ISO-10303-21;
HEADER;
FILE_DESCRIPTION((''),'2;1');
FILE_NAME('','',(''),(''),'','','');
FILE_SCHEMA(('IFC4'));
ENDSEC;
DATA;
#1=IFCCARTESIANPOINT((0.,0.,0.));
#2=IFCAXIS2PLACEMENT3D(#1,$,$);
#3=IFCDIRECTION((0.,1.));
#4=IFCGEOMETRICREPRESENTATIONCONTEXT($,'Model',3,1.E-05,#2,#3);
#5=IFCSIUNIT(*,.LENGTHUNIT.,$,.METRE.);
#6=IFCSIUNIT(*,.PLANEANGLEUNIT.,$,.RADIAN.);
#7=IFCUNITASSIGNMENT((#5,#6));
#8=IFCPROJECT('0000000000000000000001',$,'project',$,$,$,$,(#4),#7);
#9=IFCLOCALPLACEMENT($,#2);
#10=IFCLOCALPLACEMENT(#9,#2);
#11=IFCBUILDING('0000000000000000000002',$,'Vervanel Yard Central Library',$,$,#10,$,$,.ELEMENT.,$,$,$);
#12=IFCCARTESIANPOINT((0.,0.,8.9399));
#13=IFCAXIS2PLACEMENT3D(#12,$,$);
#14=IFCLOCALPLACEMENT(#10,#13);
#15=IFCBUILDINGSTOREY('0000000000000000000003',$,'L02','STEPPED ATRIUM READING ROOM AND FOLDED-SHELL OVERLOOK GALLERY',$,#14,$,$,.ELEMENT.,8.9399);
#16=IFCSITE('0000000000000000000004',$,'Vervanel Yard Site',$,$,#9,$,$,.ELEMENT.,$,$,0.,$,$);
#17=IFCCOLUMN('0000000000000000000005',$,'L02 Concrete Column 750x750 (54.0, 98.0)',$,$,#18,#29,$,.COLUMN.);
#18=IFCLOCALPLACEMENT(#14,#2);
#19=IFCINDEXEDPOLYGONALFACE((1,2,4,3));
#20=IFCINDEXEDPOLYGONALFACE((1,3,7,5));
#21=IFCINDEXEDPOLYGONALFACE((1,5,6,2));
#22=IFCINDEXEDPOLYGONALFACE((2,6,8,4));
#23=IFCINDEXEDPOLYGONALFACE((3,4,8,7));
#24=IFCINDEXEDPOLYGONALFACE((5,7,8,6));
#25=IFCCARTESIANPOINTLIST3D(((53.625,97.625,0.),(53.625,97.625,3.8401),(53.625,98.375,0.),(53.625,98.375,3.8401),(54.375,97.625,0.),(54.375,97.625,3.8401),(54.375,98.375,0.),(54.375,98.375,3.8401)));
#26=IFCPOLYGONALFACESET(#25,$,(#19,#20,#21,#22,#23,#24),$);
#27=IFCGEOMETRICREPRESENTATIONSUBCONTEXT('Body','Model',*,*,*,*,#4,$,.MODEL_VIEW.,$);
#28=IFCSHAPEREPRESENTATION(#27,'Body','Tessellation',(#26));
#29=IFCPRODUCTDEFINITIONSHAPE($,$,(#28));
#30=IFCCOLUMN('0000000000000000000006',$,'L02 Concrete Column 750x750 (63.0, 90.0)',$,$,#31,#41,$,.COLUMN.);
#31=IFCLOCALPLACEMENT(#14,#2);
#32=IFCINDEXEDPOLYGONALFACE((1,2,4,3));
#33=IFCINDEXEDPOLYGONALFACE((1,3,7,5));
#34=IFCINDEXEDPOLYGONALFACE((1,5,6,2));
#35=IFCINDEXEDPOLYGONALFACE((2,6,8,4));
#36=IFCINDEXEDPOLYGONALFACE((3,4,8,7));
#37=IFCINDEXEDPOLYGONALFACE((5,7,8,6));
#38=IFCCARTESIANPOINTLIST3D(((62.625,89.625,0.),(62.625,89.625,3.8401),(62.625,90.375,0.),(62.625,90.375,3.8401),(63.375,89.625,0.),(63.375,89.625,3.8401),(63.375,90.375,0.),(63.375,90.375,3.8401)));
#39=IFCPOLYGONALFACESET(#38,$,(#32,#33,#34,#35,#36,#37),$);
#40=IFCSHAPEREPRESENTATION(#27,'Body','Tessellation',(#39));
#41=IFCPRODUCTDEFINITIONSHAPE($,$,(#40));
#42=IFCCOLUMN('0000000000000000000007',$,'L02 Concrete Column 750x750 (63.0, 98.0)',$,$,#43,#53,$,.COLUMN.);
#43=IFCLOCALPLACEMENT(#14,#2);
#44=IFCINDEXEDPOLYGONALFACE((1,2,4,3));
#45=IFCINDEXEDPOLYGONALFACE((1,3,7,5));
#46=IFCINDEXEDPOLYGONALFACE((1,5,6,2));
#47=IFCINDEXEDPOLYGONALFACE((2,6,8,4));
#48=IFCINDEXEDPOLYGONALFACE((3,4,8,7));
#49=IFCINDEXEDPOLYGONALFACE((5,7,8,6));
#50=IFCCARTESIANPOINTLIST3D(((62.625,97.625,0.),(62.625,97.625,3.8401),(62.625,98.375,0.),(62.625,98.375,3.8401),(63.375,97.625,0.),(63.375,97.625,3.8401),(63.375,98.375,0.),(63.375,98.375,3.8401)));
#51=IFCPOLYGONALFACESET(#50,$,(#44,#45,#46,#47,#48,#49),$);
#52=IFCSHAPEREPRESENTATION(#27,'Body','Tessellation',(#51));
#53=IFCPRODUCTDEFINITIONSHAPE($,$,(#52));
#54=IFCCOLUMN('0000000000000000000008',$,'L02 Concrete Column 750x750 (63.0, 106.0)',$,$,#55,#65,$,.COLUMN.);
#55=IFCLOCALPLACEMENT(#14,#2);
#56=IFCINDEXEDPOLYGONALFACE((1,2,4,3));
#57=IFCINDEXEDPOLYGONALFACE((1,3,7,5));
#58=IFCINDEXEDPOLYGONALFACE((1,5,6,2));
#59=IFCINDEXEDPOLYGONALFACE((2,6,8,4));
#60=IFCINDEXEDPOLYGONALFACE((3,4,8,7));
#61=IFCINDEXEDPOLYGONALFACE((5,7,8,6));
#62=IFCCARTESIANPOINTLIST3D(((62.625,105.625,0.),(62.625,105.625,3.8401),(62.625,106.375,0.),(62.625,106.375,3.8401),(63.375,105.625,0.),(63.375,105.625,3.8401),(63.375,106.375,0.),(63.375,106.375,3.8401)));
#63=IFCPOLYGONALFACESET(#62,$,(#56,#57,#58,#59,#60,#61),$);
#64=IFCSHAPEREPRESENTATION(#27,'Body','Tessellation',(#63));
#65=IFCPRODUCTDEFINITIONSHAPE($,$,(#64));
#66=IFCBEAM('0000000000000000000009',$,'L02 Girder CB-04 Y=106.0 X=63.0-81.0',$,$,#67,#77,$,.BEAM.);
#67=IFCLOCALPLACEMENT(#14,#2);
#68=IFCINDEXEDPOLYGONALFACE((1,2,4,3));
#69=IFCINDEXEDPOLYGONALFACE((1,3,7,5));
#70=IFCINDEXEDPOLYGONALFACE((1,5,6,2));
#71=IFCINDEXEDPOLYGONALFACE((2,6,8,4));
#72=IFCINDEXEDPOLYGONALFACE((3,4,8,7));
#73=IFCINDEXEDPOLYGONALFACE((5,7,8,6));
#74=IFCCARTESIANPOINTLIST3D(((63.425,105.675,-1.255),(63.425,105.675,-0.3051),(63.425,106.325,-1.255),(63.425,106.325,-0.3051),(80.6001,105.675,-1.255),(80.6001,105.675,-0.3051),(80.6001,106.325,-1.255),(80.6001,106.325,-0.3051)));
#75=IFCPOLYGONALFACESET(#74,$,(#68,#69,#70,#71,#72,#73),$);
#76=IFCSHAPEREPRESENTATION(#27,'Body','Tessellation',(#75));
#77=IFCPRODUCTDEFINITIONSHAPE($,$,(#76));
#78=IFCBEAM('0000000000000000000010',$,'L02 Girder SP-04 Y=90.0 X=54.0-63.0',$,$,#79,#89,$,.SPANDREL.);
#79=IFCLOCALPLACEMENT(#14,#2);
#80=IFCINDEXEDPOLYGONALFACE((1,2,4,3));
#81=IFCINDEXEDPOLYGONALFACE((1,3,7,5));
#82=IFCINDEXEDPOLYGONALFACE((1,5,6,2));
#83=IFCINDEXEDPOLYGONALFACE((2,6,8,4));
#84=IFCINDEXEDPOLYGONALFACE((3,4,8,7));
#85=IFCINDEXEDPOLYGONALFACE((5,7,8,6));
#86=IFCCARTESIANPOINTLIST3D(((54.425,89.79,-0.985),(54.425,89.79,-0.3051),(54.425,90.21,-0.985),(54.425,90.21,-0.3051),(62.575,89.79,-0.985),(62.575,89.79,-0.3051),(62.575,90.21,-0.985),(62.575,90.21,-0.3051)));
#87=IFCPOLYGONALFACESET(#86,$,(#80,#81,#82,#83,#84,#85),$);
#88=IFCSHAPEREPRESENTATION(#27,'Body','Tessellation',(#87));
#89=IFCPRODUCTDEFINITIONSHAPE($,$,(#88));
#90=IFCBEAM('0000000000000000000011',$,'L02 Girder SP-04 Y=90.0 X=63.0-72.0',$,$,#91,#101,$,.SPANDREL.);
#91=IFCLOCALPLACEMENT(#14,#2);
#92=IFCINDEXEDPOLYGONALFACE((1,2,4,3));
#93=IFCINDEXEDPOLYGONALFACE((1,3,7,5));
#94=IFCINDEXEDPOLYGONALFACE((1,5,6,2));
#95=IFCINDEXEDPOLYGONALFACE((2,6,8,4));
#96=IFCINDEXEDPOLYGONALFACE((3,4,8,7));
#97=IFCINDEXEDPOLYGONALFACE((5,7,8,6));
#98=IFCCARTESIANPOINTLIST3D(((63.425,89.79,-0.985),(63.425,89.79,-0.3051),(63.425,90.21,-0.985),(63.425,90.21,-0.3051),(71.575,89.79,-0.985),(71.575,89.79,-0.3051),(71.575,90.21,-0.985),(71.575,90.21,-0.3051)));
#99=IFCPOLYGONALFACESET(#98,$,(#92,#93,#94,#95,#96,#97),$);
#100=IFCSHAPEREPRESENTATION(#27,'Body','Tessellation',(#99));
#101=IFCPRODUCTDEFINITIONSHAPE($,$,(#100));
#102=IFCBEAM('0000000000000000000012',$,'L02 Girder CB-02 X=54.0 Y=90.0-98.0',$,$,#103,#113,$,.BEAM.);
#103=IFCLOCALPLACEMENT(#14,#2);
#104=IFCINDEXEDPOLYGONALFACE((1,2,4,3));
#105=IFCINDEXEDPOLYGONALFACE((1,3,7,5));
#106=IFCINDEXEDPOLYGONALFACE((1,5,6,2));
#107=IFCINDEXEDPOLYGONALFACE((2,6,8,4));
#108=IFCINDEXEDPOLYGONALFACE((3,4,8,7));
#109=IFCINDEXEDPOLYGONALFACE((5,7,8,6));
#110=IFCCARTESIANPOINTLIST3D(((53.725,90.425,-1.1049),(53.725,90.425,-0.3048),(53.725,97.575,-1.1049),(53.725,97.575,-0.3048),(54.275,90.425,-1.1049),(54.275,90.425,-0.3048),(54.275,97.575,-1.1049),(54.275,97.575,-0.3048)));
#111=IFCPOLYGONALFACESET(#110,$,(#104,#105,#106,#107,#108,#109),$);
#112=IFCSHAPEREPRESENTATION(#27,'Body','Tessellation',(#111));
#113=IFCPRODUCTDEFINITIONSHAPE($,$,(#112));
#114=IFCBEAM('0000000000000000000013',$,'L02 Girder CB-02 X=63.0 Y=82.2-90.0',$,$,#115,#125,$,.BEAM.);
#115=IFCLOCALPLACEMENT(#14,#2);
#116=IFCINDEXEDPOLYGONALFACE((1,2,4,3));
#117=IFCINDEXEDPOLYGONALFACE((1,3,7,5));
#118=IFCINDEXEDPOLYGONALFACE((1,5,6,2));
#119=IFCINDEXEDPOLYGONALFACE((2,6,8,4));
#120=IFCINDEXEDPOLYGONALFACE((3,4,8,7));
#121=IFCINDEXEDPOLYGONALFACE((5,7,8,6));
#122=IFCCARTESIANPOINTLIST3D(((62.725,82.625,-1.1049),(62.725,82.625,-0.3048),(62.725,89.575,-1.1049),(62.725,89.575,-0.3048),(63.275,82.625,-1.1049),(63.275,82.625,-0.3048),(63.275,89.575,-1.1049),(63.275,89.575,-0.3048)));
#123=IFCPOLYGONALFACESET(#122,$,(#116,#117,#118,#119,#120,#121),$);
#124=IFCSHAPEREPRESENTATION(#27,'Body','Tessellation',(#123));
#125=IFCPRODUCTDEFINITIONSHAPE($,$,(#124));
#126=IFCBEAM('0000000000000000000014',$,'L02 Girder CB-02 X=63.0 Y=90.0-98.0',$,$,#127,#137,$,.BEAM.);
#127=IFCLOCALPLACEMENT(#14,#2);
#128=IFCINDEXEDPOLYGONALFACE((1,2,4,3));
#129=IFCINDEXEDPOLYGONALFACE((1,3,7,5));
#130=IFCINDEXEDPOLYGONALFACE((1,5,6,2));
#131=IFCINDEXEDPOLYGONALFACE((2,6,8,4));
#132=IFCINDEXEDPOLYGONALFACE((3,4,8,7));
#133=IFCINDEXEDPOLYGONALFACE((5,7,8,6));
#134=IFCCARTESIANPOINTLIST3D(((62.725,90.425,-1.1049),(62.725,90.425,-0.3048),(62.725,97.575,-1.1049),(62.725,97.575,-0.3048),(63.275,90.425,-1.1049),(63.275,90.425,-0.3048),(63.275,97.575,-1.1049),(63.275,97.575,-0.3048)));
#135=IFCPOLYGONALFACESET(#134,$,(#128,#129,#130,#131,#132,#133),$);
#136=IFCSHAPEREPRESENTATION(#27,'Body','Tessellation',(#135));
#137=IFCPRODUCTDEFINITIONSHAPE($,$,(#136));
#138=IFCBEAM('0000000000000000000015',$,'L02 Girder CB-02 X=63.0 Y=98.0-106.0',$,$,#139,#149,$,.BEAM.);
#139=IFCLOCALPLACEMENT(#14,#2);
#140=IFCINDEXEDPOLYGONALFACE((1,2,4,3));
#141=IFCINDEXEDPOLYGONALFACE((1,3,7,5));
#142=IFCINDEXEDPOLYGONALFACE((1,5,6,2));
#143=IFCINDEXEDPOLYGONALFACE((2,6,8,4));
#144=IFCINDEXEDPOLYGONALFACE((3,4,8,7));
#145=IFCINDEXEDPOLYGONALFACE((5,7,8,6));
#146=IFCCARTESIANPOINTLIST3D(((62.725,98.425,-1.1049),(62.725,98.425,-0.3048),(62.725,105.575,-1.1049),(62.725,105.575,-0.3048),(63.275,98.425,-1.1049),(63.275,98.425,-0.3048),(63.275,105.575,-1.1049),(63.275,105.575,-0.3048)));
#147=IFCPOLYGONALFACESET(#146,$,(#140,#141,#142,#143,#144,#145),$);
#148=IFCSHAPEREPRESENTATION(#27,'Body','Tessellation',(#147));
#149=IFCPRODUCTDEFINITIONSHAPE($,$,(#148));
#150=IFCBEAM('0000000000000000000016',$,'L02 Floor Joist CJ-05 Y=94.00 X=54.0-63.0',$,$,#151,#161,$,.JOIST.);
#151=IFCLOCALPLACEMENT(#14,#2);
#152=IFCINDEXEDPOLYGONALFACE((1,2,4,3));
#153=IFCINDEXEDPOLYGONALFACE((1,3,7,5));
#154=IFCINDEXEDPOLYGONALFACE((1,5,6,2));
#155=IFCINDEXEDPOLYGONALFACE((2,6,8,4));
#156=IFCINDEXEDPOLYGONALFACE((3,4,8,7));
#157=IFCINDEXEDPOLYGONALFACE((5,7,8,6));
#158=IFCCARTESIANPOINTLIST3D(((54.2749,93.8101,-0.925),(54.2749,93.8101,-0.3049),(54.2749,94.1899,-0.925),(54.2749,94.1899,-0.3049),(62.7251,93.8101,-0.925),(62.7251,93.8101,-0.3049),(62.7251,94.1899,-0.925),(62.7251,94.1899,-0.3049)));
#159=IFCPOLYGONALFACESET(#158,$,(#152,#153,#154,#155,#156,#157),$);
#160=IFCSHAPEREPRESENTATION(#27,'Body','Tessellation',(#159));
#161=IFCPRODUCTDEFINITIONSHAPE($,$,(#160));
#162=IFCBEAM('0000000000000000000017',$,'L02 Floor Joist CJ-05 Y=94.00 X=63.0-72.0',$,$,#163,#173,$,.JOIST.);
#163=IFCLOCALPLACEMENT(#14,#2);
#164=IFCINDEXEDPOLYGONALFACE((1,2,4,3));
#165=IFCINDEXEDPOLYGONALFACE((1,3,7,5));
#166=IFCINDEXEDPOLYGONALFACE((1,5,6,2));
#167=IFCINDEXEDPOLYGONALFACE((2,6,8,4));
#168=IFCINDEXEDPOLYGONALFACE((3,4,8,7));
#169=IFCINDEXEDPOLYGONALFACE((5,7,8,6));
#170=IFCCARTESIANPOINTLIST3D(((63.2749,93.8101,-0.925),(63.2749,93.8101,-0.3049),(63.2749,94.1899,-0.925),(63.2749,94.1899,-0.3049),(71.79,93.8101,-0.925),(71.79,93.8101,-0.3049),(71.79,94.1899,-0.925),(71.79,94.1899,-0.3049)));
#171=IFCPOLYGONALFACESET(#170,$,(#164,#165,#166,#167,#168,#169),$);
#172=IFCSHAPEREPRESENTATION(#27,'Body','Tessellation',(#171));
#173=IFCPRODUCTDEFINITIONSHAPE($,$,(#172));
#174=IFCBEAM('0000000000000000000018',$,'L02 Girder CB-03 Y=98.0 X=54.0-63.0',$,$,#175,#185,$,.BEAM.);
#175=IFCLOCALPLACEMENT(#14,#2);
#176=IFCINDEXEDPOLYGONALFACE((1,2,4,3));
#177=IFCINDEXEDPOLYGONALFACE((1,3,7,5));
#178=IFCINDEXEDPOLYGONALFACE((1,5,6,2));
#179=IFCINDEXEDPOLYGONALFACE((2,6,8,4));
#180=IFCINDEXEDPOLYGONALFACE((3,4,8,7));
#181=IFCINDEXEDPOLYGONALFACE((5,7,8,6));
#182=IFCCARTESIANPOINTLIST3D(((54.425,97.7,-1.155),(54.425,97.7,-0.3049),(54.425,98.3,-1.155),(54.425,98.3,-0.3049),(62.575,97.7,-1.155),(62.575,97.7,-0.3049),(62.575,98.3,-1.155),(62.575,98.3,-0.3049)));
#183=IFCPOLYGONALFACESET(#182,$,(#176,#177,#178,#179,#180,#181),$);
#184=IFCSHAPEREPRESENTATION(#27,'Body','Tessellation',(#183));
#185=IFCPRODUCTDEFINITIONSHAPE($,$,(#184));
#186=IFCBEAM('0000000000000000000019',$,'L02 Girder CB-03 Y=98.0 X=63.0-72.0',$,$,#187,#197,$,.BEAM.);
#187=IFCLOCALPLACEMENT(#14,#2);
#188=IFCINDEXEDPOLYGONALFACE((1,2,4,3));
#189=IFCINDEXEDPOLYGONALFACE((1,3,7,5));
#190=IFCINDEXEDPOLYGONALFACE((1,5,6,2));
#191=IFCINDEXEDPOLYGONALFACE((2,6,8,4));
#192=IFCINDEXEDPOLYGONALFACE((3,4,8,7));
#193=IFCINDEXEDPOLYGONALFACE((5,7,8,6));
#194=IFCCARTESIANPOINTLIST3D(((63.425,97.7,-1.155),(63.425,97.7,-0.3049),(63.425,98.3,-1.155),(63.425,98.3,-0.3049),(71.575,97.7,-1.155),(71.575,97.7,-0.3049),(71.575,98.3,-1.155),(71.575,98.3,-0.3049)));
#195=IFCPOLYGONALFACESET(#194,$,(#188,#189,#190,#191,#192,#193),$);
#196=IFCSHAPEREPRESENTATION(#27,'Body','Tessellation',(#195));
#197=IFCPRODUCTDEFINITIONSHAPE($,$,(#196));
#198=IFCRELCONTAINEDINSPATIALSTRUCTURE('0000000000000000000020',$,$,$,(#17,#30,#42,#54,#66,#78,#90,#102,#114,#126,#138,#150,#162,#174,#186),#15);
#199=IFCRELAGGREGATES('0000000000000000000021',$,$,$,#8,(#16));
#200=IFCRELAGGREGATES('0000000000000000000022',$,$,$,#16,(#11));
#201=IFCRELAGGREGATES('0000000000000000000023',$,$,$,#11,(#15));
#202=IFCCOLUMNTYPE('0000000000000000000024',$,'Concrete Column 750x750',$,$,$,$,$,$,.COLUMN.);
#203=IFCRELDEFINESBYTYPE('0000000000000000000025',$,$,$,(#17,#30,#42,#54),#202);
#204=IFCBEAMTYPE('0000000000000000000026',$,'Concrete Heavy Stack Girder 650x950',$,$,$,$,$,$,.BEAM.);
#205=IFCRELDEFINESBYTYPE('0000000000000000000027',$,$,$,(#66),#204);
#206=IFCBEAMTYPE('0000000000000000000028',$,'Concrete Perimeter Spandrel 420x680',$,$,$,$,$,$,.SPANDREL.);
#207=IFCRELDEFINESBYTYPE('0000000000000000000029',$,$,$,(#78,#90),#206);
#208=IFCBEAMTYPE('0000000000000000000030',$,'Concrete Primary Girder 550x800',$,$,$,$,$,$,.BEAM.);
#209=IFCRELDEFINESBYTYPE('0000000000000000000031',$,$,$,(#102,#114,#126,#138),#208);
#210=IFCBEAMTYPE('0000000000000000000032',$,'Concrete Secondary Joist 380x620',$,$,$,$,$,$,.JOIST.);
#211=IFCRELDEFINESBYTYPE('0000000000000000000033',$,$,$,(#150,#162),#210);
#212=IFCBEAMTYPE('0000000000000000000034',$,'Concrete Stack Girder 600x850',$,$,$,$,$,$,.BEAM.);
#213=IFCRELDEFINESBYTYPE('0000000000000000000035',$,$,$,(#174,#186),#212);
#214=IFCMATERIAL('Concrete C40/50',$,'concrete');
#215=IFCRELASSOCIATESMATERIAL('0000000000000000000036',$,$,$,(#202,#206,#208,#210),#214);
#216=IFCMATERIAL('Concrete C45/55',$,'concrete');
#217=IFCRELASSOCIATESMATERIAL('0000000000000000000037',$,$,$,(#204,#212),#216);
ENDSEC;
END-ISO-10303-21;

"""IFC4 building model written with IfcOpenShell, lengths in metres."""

from ifc_helpers import new_model, si_unit, direction, frame, origin, origin_2d, place, context, subcontext, project, spatial, rectangle, extrude, material, material_profile, profile_set, type_object, element, save


model = new_model("IFC4")

# Units and contexts
model_context = context("Model", 3, precision=1e-05, world=origin(), true_north=direction((0.0, 1.0)))
body_context = subcontext(model_context, "Body", "Model", "MODEL_VIEW")
ifc_project = project(units=[si_unit("LENGTHUNIT", "METRE"), si_unit("PLANEANGLEUNIT", "RADIAN")], contexts=[model_context])

# Site, building, storey
site_placement = place(None, origin())
site = spatial("IfcSite", under=ifc_project, at=site_placement, Name="Vervanel Yard Site", CompositionType="ELEMENT", RefElevation=0.0)
building_placement = place(site_placement, origin())
building = spatial("IfcBuilding", under=site, at=building_placement, Name="Vervanel Yard Central Library", CompositionType="ELEMENT")
storey_placement = place(building_placement, frame((0.0, 0.0, 8.9399)))
storey = spatial("IfcBuildingStorey", under=building, at=storey_placement, Name="L02", Description="STEPPED ATRIUM READING ROOM AND FOLDED-SHELL OVERLOOK GALLERY", CompositionType="ELEMENT", Elevation=8.9399)

# Columns
ifc_material_1 = material(Name="Concrete C40/50", Category="concrete")
ifc_material_profile_1 = material_profile(ifc_material_1, rectangle(XDim=0.75, YDim=0.75, at=origin_2d()), Name="RC 750x750", Category="concrete")
ifc_profile_set_1 = profile_set([ifc_material_profile_1], Name="Concrete C40/50")
column_type = type_object("IfcColumnType", Name="Concrete Column 750x750", PredefinedType="COLUMN", material=ifc_profile_set_1)
for number, where, z_axis, x_axis, name in (
    (1, (54.0, 98.0, 0.0), (0.0, 0.0, 1.0), (1.0, 0.0, 0.0), "L02 Concrete Column 750x750 (54.0, 98.0)"),
    (2, (63.0, 90.0, 0.0), (0.0, 0.0, 1.0), (1.0, 0.0, 0.0), "L02 Concrete Column 750x750 (63.0, 90.0)"),
    (3, (63.0, 98.0, 0.0), (0.0, 0.0, 1.0), (1.0, 0.0, 0.0), "L02 Concrete Column 750x750 (63.0, 98.0)"),
    (4, (63.0, 106.0, 0.0), (0.0, 0.0, 1.0), (1.0, 0.0, 0.0), "L02 Concrete Column 750x750 (63.0, 106.0)"),
):
    element("IfcColumn", number, at=place(storey_placement, frame(where, z_axis=z_axis, x_axis=x_axis)), inside=storey, type_object=column_type, Name=name, PredefinedType="COLUMN", context=body_context, shape_type="SweptSolid", body=[
        extrude(rectangle(XDim=0.75, YDim=0.75, at=origin_2d()), origin(), (0.0, 0.0, 1.0), 3.8401),
    ])

# Beams
ifc_material_2 = material(Name="Concrete C45/55", Category="concrete")
ifc_material_profile_2 = material_profile(ifc_material_2, rectangle(XDim=0.6499, YDim=0.95, at=origin_2d()), Name="RC 650x950", Category="concrete")
ifc_profile_set_2 = profile_set([ifc_material_profile_2], Name="Concrete C45/55")
beam_type_1 = type_object("IfcBeamType", Name="Concrete Heavy Stack Girder 650x950", PredefinedType="BEAM", material=ifc_profile_set_2)
beam_1_placement = place(storey_placement, frame((63.425, 106.0, -0.78), z_axis=(1.0, 0.0, 0.0), x_axis=(0.0, 1.0, 0.0)))
element("IfcBeam", 5, at=beam_1_placement, inside=storey, type_object=beam_type_1, Name="L02 Girder CB-04 Y=106.0 X=63.0-81.0", PredefinedType="BEAM", context=body_context, shape_type="SweptSolid", body=[
    extrude(rectangle(XDim=0.6499, YDim=0.95, at=origin_2d()), origin(), (0.0, 0.0, 1.0), 17.175),
])
ifc_material_profile_3 = material_profile(ifc_material_1, rectangle(XDim=0.4199, YDim=0.6799, at=origin_2d()), Name="RC 420x680", Category="concrete")
ifc_profile_set_3 = profile_set([ifc_material_profile_3], Name="Concrete C40/50")
beam_type_2 = type_object("IfcBeamType", Name="Concrete Perimeter Spandrel 420x680", PredefinedType="SPANDREL", material=ifc_profile_set_3)
for number, where, z_axis, x_axis, name in (
    (6, (54.425, 90.0, -0.645), (1.0, 0.0, 0.0), (0.0, 1.0, 0.0), "L02 Girder SP-04 Y=90.0 X=54.0-63.0"),
    (7, (63.425, 90.0, -0.645), (1.0, 0.0, 0.0), (0.0, 1.0, 0.0), "L02 Girder SP-04 Y=90.0 X=63.0-72.0"),
):
    element("IfcBeam", number, at=place(storey_placement, frame(where, z_axis=z_axis, x_axis=x_axis)), inside=storey, type_object=beam_type_2, Name=name, PredefinedType="SPANDREL", context=body_context, shape_type="SweptSolid", body=[
        extrude(rectangle(XDim=0.4199, YDim=0.6799, at=origin_2d()), origin(), (0.0, 0.0, 1.0), 8.1499),
    ])
ifc_material_profile_4 = material_profile(ifc_material_1, rectangle(XDim=0.55, YDim=0.8, at=origin_2d()), Name="RC 550x800", Category="concrete")
ifc_profile_set_4 = profile_set([ifc_material_profile_4], Name="Concrete C40/50")
beam_type_3 = type_object("IfcBeamType", Name="Concrete Primary Girder 550x800", PredefinedType="BEAM", material=ifc_profile_set_4)
beam_2_placement = place(storey_placement, frame((54.0, 90.425, -0.7048), z_axis=(0.0, 1.0, 0.0), x_axis=(-1.0, 0.0, 0.0)))
element("IfcBeam", 8, at=beam_2_placement, inside=storey, type_object=beam_type_3, Name="L02 Girder CB-02 X=54.0 Y=90.0-98.0", PredefinedType="BEAM", context=body_context, shape_type="SweptSolid", body=[
    extrude(rectangle(XDim=0.55, YDim=0.8, at=origin_2d()), origin(), (0.0, 0.0, 1.0), 7.1499),
])
beam_3_placement = place(storey_placement, frame((63.0, 82.625, -0.7048), z_axis=(0.0, 1.0, 0.0), x_axis=(-1.0, 0.0, 0.0)))
element("IfcBeam", 9, at=beam_3_placement, inside=storey, type_object=beam_type_3, Name="L02 Girder CB-02 X=63.0 Y=82.2-90.0", PredefinedType="BEAM", context=body_context, shape_type="SweptSolid", body=[
    extrude(rectangle(XDim=0.55, YDim=0.8, at=origin_2d()), origin(), (0.0, 0.0, 1.0), 6.95),
])
for number, where, z_axis, x_axis, name in (
    (10, (63.0, 90.425, -0.7048), (0.0, 1.0, 0.0), (-1.0, 0.0, 0.0), "L02 Girder CB-02 X=63.0 Y=90.0-98.0"),
    (11, (63.0, 98.425, -0.7048), (0.0, 1.0, 0.0), (-1.0, 0.0, 0.0), "L02 Girder CB-02 X=63.0 Y=98.0-106.0"),
):
    element("IfcBeam", number, at=place(storey_placement, frame(where, z_axis=z_axis, x_axis=x_axis)), inside=storey, type_object=beam_type_3, Name=name, PredefinedType="BEAM", context=body_context, shape_type="SweptSolid", body=[
        extrude(rectangle(XDim=0.55, YDim=0.8, at=origin_2d()), origin(), (0.0, 0.0, 1.0), 7.1499),
    ])
ifc_material_profile_5 = material_profile(ifc_material_1, rectangle(XDim=0.3799, YDim=0.6201, at=origin_2d()), Name="RC 380x620", Category="concrete")
ifc_profile_set_5 = profile_set([ifc_material_profile_5], Name="Concrete C40/50")
beam_type_4 = type_object("IfcBeamType", Name="Concrete Secondary Joist 380x620", PredefinedType="JOIST", material=ifc_profile_set_5)
beam_4_placement = place(storey_placement, frame((54.2749, 94.0, -0.615), z_axis=(1.0, 0.0, 0.0), x_axis=(0.0, 1.0, 0.0)))
element("IfcBeam", 12, at=beam_4_placement, inside=storey, type_object=beam_type_4, Name="L02 Floor Joist CJ-05 Y=94.00 X=54.0-63.0", PredefinedType="JOIST", context=body_context, shape_type="SweptSolid", body=[
    extrude(rectangle(XDim=0.3799, YDim=0.6201, at=origin_2d()), origin(), (0.0, 0.0, 1.0), 8.4502),
])
beam_5_placement = place(storey_placement, frame((63.2749, 94.0, -0.615), z_axis=(1.0, 0.0, 0.0), x_axis=(0.0, 1.0, 0.0)))
element("IfcBeam", 13, at=beam_5_placement, inside=storey, type_object=beam_type_4, Name="L02 Floor Joist CJ-05 Y=94.00 X=63.0-72.0", PredefinedType="JOIST", context=body_context, shape_type="SweptSolid", body=[
    extrude(rectangle(XDim=0.3799, YDim=0.6201, at=origin_2d()), origin(), (0.0, 0.0, 1.0), 8.5151),
])
ifc_material_profile_6 = material_profile(ifc_material_2, rectangle(XDim=0.6001, YDim=0.8501, at=origin_2d()), Name="RC 600x850", Category="concrete")
ifc_profile_set_6 = profile_set([ifc_material_profile_6], Name="Concrete C45/55")
beam_type_5 = type_object("IfcBeamType", Name="Concrete Stack Girder 600x850", PredefinedType="BEAM", material=ifc_profile_set_6)
for number, where, z_axis, x_axis, name in (
    (14, (54.425, 98.0, -0.73), (1.0, 0.0, 0.0), (0.0, 1.0, 0.0), "L02 Girder CB-03 Y=98.0 X=54.0-63.0"),
    (15, (63.425, 98.0, -0.73), (1.0, 0.0, 0.0), (0.0, 1.0, 0.0), "L02 Girder CB-03 Y=98.0 X=63.0-72.0"),
):
    element("IfcBeam", number, at=place(storey_placement, frame(where, z_axis=z_axis, x_axis=x_axis)), inside=storey, type_object=beam_type_5, Name=name, PredefinedType="BEAM", context=body_context, shape_type="SweptSolid", body=[
        extrude(rectangle(XDim=0.6001, YDim=0.8501, at=origin_2d()), origin(), (0.0, 0.0, 1.0), 8.1499),
    ])

save(model, "model.ifc")
